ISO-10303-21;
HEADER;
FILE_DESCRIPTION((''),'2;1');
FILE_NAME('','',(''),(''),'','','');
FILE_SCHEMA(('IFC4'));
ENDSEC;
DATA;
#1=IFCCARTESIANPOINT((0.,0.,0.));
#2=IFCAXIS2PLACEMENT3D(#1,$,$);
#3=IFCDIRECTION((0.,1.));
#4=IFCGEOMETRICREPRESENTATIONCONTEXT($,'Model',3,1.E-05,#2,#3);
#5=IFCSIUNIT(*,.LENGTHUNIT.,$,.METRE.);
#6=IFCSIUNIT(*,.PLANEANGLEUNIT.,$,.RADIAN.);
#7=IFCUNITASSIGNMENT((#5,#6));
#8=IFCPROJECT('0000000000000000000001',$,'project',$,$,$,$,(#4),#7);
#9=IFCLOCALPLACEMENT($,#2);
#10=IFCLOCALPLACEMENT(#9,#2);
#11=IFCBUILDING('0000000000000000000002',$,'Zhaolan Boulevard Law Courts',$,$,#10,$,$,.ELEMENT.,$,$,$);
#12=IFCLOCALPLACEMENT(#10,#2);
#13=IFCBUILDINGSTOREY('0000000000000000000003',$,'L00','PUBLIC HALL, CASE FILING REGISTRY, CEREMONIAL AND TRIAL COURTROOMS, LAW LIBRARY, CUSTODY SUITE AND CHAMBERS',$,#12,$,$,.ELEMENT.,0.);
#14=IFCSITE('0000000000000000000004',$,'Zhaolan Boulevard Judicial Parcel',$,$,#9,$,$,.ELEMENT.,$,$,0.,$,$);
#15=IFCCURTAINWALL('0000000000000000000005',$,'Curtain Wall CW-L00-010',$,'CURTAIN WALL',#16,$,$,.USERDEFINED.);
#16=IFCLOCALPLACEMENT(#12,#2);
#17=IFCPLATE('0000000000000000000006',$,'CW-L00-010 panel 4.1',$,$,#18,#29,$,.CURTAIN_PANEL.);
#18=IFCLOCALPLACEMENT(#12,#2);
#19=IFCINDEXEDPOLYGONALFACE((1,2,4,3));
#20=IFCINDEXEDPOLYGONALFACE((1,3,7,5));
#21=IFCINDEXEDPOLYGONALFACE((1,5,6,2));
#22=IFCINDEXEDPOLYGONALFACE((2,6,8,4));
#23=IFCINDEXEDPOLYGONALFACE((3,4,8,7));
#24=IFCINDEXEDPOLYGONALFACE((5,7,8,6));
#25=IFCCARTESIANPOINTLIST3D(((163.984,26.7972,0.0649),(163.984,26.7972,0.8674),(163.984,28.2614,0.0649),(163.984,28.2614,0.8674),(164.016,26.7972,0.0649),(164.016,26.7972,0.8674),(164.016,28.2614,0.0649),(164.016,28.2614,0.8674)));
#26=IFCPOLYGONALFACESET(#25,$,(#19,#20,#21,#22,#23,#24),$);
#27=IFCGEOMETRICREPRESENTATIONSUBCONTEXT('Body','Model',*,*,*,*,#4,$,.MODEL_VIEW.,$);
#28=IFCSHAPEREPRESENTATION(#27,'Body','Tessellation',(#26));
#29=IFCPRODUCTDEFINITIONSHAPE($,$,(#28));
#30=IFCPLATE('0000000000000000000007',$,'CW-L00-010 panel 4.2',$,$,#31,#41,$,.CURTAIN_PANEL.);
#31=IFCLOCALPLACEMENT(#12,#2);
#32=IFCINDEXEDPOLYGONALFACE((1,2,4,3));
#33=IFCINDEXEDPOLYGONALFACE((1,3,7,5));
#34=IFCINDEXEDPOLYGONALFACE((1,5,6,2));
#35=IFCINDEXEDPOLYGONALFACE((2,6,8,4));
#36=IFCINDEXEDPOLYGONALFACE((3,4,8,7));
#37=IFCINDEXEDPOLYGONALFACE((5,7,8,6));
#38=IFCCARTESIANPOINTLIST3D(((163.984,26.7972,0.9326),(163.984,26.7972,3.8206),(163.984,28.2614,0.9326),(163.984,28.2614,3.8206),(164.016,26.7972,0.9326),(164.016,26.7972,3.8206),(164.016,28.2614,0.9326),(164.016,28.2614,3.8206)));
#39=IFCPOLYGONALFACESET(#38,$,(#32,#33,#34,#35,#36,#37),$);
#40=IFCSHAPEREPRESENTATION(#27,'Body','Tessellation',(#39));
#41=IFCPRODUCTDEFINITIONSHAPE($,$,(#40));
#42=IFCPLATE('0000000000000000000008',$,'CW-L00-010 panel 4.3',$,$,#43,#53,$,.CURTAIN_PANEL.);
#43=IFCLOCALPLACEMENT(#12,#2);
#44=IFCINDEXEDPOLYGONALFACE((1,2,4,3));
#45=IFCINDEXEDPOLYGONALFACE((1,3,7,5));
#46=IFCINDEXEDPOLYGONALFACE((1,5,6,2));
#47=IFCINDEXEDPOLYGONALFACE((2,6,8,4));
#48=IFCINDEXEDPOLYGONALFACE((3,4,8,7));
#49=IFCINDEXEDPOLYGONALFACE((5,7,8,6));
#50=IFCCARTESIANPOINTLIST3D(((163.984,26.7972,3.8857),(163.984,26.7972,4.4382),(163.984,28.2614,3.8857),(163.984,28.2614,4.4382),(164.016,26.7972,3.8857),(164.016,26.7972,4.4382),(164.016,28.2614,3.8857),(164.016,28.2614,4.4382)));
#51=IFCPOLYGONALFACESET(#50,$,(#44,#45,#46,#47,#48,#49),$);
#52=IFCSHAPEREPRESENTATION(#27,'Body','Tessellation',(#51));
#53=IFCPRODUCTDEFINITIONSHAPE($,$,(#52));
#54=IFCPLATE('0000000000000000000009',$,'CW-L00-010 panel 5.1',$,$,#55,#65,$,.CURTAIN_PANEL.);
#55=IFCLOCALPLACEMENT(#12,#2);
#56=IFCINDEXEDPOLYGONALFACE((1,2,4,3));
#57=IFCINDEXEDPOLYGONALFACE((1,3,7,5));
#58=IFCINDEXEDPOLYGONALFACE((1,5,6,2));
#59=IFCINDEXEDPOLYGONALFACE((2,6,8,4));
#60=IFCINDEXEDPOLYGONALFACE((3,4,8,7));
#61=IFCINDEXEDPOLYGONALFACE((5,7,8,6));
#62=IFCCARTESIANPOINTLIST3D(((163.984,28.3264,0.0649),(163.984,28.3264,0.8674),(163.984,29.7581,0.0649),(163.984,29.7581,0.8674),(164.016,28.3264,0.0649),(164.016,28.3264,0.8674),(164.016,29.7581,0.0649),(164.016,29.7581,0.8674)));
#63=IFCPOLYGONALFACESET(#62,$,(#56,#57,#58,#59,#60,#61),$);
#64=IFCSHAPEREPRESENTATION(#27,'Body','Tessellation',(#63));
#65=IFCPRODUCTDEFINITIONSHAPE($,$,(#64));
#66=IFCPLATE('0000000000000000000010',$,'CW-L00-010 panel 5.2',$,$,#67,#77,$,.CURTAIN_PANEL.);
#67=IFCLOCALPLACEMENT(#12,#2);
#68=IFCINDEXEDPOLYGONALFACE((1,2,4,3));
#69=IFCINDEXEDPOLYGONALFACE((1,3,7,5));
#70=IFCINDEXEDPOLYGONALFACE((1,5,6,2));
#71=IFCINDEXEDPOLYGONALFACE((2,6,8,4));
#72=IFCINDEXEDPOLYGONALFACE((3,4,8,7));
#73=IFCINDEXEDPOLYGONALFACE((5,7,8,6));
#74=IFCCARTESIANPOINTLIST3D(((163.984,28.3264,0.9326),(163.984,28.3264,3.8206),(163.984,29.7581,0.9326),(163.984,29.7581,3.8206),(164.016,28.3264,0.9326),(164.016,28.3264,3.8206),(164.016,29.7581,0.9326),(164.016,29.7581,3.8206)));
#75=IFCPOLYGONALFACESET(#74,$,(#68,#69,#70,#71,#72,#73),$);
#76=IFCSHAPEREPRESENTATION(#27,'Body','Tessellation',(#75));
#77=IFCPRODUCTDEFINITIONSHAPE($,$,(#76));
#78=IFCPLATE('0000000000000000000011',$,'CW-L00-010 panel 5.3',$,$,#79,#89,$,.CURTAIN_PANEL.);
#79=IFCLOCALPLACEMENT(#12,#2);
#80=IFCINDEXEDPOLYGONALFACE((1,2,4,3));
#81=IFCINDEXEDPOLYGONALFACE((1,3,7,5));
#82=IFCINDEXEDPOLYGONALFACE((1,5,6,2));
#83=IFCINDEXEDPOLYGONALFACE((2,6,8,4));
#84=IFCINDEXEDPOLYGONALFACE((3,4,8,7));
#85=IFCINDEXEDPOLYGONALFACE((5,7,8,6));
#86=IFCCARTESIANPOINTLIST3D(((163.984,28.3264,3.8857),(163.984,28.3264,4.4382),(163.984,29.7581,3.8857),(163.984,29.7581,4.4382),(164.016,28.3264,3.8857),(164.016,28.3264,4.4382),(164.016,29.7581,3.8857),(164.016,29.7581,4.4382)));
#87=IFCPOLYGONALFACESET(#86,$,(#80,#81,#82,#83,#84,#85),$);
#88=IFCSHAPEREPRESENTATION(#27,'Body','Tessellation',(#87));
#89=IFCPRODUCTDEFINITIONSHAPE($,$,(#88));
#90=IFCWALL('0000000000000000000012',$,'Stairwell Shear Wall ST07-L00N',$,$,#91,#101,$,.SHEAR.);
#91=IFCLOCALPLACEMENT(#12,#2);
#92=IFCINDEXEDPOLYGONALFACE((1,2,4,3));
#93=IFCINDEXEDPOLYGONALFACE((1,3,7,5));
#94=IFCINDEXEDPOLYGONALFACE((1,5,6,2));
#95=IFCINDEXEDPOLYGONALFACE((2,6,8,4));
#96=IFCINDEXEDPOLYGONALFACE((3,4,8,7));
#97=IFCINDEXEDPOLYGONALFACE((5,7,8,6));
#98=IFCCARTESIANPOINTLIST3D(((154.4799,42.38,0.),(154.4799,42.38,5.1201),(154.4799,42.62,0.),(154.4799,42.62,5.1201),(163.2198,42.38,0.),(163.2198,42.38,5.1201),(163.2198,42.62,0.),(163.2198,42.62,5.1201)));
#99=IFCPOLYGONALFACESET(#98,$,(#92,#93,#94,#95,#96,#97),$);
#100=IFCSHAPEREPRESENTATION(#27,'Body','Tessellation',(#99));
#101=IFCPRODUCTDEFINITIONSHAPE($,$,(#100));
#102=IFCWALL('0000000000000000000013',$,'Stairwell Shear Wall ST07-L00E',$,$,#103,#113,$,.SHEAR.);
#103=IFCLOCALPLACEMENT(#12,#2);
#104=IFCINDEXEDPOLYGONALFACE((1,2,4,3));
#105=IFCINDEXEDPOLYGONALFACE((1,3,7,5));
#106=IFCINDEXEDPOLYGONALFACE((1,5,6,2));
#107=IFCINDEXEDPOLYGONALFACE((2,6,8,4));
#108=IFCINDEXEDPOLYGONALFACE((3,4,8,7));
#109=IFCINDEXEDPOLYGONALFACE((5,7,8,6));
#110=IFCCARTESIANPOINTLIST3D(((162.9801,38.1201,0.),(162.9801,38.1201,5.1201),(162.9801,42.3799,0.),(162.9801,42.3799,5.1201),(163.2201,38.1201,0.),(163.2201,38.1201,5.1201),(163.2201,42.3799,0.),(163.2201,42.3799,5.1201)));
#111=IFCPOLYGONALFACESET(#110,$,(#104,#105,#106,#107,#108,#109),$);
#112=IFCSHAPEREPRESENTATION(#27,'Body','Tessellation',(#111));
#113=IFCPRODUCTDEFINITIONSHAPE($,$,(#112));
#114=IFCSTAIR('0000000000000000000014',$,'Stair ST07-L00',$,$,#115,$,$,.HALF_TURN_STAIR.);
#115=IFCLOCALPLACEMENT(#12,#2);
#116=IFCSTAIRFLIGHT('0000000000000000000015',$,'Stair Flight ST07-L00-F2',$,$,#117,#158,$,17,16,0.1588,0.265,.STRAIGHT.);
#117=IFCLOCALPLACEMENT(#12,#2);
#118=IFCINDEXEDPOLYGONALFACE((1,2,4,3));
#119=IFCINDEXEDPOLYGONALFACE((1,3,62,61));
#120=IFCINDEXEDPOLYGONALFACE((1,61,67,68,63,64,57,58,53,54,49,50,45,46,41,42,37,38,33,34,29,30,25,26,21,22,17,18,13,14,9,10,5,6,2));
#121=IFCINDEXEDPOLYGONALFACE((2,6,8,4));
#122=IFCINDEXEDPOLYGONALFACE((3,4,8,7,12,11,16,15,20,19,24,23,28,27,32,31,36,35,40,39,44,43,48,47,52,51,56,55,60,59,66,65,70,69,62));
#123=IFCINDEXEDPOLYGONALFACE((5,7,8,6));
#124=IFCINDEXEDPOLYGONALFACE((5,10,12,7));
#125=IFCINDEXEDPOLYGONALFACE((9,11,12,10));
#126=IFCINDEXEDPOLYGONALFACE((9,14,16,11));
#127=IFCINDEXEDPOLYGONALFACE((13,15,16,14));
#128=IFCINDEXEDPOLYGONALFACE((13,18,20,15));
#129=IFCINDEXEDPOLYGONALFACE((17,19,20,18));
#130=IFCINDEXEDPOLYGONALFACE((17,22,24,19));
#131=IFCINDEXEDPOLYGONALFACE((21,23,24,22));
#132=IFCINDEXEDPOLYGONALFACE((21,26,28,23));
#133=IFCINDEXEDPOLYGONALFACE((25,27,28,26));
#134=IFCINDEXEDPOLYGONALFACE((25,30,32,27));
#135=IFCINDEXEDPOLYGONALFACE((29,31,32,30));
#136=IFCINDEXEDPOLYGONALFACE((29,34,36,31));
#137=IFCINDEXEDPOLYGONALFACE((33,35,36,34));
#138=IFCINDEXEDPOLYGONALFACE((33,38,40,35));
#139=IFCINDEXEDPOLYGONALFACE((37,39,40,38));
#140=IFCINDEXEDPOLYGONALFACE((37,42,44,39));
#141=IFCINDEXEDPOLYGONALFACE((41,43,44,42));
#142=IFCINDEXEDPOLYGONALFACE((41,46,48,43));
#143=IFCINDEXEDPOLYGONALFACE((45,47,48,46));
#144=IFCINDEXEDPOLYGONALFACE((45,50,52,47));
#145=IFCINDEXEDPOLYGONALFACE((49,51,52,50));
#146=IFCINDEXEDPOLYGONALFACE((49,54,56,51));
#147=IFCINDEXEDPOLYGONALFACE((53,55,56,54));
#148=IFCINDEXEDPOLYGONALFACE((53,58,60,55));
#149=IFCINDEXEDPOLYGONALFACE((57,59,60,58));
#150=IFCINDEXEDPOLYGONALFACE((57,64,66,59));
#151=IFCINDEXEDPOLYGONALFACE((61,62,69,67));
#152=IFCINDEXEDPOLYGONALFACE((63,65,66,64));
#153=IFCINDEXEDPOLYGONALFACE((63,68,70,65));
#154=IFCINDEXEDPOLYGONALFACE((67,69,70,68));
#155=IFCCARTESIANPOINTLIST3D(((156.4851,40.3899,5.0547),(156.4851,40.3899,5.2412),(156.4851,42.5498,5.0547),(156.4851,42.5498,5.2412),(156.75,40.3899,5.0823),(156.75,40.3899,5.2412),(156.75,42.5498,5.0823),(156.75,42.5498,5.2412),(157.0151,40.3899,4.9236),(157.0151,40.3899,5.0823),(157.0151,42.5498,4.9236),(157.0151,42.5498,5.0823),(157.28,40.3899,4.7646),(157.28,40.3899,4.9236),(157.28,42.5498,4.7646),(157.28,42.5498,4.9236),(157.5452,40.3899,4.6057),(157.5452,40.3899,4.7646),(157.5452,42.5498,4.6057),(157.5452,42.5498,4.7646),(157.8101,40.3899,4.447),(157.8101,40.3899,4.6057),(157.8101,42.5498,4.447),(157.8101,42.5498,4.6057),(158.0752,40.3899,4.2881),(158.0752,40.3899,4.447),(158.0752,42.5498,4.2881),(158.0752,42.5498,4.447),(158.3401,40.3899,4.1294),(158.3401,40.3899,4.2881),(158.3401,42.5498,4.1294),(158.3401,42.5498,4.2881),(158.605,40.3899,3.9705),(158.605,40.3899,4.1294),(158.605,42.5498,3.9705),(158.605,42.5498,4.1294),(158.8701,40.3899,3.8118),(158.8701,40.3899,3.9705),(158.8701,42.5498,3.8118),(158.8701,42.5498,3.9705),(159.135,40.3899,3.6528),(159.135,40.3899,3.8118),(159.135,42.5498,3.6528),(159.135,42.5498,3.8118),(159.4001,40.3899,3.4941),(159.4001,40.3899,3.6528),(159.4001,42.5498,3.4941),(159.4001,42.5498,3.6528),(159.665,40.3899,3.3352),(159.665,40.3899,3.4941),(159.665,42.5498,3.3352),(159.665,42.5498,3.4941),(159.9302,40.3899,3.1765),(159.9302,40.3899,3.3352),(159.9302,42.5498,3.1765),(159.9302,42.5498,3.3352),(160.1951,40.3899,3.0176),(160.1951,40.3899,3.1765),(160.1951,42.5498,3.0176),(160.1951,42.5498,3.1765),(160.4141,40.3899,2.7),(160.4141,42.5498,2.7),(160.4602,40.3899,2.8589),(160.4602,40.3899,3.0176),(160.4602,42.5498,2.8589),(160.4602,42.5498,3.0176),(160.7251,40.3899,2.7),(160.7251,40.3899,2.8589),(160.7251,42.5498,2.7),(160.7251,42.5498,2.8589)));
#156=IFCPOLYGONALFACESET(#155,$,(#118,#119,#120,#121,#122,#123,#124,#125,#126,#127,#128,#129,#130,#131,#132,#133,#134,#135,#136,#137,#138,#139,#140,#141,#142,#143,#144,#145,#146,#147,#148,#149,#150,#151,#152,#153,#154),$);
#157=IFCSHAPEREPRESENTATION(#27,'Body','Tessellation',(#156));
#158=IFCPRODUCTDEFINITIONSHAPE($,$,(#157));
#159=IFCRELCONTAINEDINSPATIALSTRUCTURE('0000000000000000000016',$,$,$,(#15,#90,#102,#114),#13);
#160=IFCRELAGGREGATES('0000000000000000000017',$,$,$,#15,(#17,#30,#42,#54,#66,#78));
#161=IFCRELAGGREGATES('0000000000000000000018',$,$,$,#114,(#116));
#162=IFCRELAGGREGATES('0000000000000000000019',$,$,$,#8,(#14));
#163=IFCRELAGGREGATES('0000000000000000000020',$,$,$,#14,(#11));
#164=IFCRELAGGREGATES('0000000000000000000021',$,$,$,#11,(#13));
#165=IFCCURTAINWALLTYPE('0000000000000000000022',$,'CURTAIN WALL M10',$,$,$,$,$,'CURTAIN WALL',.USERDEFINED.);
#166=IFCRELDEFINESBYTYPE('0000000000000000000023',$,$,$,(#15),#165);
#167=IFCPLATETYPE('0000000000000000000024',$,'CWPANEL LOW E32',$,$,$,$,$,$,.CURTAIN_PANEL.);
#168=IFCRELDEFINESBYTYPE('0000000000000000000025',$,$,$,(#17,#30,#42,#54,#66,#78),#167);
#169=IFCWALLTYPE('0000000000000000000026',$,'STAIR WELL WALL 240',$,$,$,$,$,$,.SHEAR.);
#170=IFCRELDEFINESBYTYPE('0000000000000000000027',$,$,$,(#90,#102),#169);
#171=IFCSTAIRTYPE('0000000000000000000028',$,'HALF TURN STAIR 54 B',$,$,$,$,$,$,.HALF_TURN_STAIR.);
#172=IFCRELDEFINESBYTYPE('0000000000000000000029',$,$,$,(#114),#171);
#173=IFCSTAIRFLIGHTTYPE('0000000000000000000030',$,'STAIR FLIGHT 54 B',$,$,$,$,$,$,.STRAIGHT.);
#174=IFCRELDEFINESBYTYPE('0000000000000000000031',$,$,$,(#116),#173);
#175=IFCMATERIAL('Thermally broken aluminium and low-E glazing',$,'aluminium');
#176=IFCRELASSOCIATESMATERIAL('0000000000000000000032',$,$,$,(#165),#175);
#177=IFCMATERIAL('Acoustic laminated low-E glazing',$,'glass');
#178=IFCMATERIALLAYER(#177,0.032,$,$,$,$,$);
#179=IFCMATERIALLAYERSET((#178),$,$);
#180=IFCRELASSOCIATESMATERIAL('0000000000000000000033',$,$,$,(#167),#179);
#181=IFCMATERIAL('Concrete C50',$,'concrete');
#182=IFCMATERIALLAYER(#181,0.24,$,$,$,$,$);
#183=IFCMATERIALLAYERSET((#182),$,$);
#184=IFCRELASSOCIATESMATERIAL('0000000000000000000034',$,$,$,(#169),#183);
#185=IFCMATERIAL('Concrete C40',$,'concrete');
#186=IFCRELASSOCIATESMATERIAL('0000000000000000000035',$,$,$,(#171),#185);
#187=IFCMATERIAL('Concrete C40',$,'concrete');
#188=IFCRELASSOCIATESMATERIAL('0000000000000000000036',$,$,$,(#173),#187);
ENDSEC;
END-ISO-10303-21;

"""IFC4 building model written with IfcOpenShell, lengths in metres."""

from ifc_helpers import new_model, si_unit, direction, frame, frame_2d, origin, origin_2d, place, context, subcontext, project, spatial, polyline, rectangle, outline, extrude, material, layer, layer_set, type_object, element, aggregate, save


model = new_model("IFC4")

# Units and contexts
model_context = context("Model", 3, precision=1e-05, world=origin(), true_north=direction((0.0, 1.0)))
body_context = subcontext(model_context, "Body", "Model", "MODEL_VIEW")
ifc_project = project(units=[si_unit("LENGTHUNIT", "METRE"), si_unit("PLANEANGLEUNIT", "RADIAN")], contexts=[model_context])

# Site, building, storey
site_placement = place(None, origin())
site = spatial("IfcSite", under=ifc_project, at=site_placement, Name="Zhaolan Boulevard Judicial Parcel", CompositionType="ELEMENT", RefElevation=0.0)
building_placement = place(site_placement, origin())
building = spatial("IfcBuilding", under=site, at=building_placement, Name="Zhaolan Boulevard Law Courts", CompositionType="ELEMENT")
storey_placement = place(building_placement, origin())
storey = spatial("IfcBuildingStorey", under=building, at=storey_placement, Name="L00", Description="PUBLIC HALL, CASE FILING REGISTRY, CEREMONIAL AND TRIAL COURTROOMS, LAW LIBRARY, CUSTODY SUITE AND CHAMBERS", CompositionType="ELEMENT", Elevation=0.0)

# Curtain wall, plates
ifc_material_1 = material(Name="Thermally broken aluminium and low-E glazing", Category="aluminium")
curtain_wall_type = type_object("IfcCurtainWallType", Name="CURTAIN WALL M10", ElementType="CURTAIN WALL", PredefinedType="USERDEFINED", material=ifc_material_1)
curtain_wall_placement = place(storey_placement, origin())
curtain_wall = element("IfcCurtainWall", 1, at=curtain_wall_placement, inside=storey, type_object=curtain_wall_type, Name="Curtain Wall CW-L00-010", ObjectType="CURTAIN WALL", PredefinedType="USERDEFINED")
ifc_material_2 = material(Name="Acoustic laminated low-E glazing", Category="glass")
ifc_layer_1 = layer(ifc_material_2, 0.032)
ifc_layer_set_1 = layer_set([ifc_layer_1])
plate_type = type_object("IfcPlateType", Name="CWPANEL LOW E32", PredefinedType="CURTAIN_PANEL", material=ifc_layer_set_1)
plate_1_placement = place(storey_placement, frame((164.0, 27.5293, 0.0649), z_axis=(0.0, 0.0, 1.0), x_axis=(0.0, 1.0, 0.0)))
plate_1 = element("IfcPlate", 2, at=plate_1_placement, type_object=plate_type, Name="CW-L00-010 panel 4.1", PredefinedType="CURTAIN_PANEL", context=body_context, shape_type="SweptSolid", body=[
    extrude(rectangle(XDim=1.4641, YDim=0.032, at=origin_2d()), origin(), (0.0, 0.0, 1.0), 0.8025),
])
plate_2_placement = place(storey_placement, frame((164.0, 27.5293, 0.9326), z_axis=(0.0, 0.0, 1.0), x_axis=(0.0, 1.0, 0.0)))
plate_2 = element("IfcPlate", 3, at=plate_2_placement, type_object=plate_type, Name="CW-L00-010 panel 4.2", PredefinedType="CURTAIN_PANEL", context=body_context, shape_type="SweptSolid", body=[
    extrude(rectangle(XDim=1.4641, YDim=0.032, at=origin_2d()), origin(), (0.0, 0.0, 1.0), 2.8879),
])
plate_3_placement = place(storey_placement, frame((164.0, 27.5293, 3.8857), z_axis=(0.0, 0.0, 1.0), x_axis=(0.0, 1.0, 0.0)))
plate_3 = element("IfcPlate", 4, at=plate_3_placement, type_object=plate_type, Name="CW-L00-010 panel 4.3", PredefinedType="CURTAIN_PANEL", context=body_context, shape_type="SweptSolid", body=[
    extrude(rectangle(XDim=1.4641, YDim=0.032, at=origin_2d()), origin(), (0.0, 0.0, 1.0), 0.5525),
])
plate_4_placement = place(storey_placement, frame((164.0, 29.0422, 0.0649), z_axis=(0.0, 0.0, 1.0), x_axis=(0.0, 1.0, 0.0)))
plate_4 = element("IfcPlate", 5, at=plate_4_placement, type_object=plate_type, Name="CW-L00-010 panel 5.1", PredefinedType="CURTAIN_PANEL", context=body_context, shape_type="SweptSolid", body=[
    extrude(rectangle(XDim=1.4316, YDim=0.032, at=origin_2d()), origin(), (0.0, 0.0, 1.0), 0.8025),
])
plate_5_placement = place(storey_placement, frame((164.0, 29.0422, 0.9326), z_axis=(0.0, 0.0, 1.0), x_axis=(0.0, 1.0, 0.0)))
plate_5 = element("IfcPlate", 6, at=plate_5_placement, type_object=plate_type, Name="CW-L00-010 panel 5.2", PredefinedType="CURTAIN_PANEL", context=body_context, shape_type="SweptSolid", body=[
    extrude(rectangle(XDim=1.4316, YDim=0.032, at=origin_2d()), origin(), (0.0, 0.0, 1.0), 2.8879),
])
plate_6_placement = place(storey_placement, frame((164.0, 29.0422, 3.8857), z_axis=(0.0, 0.0, 1.0), x_axis=(0.0, 1.0, 0.0)))
plate_6 = element("IfcPlate", 7, at=plate_6_placement, type_object=plate_type, Name="CW-L00-010 panel 5.3", PredefinedType="CURTAIN_PANEL", context=body_context, shape_type="SweptSolid", body=[
    extrude(rectangle(XDim=1.4316, YDim=0.032, at=origin_2d()), origin(), (0.0, 0.0, 1.0), 0.5525),
])
aggregate(curtain_wall, [plate_1, plate_2, plate_3, plate_4, plate_5, plate_6])

# Walls
ifc_material_3 = material(Name="Concrete C50", Category="concrete")
ifc_layer_2 = layer(ifc_material_3, 0.24)
ifc_layer_set_2 = layer_set([ifc_layer_2])
wall_type = type_object("IfcWallType", Name="STAIR WELL WALL 240", PredefinedType="SHEAR", material=ifc_layer_set_2)
wall_1_placement = place(storey_placement, frame((163.22, 42.5, 0.0), z_axis=(0.0, 0.0, 1.0), x_axis=(-1.0, 0.0, 0.0)))
element("IfcWall", 8, at=wall_1_placement, inside=storey, type_object=wall_type, Name="Stairwell Shear Wall ST07-L00N", PredefinedType="SHEAR", context=body_context, shape_type="SweptSolid", body=[
    extrude(rectangle(XDim=8.74, YDim=0.24, at=frame_2d((4.3701, 0.0))), origin(), (0.0, 0.0, 1.0), 5.1201),
])
wall_2_placement = place(storey_placement, frame((163.1001, 38.1201, 0.0), z_axis=(0.0, 0.0, 1.0), x_axis=(0.0, 1.0, 0.0)))
element("IfcWall", 9, at=wall_2_placement, inside=storey, type_object=wall_type, Name="Stairwell Shear Wall ST07-L00E", PredefinedType="SHEAR", context=body_context, shape_type="SweptSolid", body=[
    extrude(rectangle(XDim=4.2598, YDim=0.24, at=frame_2d((2.1299, 0.0))), origin(), (0.0, 0.0, 1.0), 5.1201),
])

# Stair, stair flight
ifc_material_4 = material(Name="Concrete C40", Category="concrete")
stair_type = type_object("IfcStairType", Name="HALF TURN STAIR 54 B", PredefinedType="HALF_TURN_STAIR", material=ifc_material_4)
stair_placement = place(storey_placement, origin())
stair = element("IfcStair", 10, at=stair_placement, inside=storey, type_object=stair_type, Name="Stair ST07-L00", PredefinedType="HALF_TURN_STAIR")
ifc_material_5 = material(Name="Concrete C40", Category="concrete")
stair_flight_type = type_object("IfcStairFlightType", Name="STAIR FLIGHT 54 B", PredefinedType="STRAIGHT", material=ifc_material_5)
stair_flight_placement = place(storey_placement, frame((160.7251, 41.47, 2.7), z_axis=(0.0, 0.0, 1.0), x_axis=(-1.0, 0.0, 0.0)))
stair_flight = element("IfcStairFlight", 11, at=stair_flight_placement, type_object=stair_flight_type, Name="Stair Flight ST07-L00-F2", NumberOfRisers=17, NumberOfTreads=16, PredefinedType="STRAIGHT", RiserHeight=0.1588, TreadLength=0.265, context=body_context, shape_type="SweptSolid", body=[
    extrude(outline(polyline([(0.0, 0.0), (0.0, 0.1589), (0.2649, 0.1589), (0.2649, 0.3176), (0.53, 0.3176), (0.53, 0.4766), (0.7949, 0.4766), (0.7949, 0.6353), (1.0601, 0.6353), (1.0601, 0.7942), (1.325, 0.7942), (1.325, 0.9529), (1.5901, 0.9529), (1.5901, 1.1118), (1.855, 1.1118), (1.855, 1.2705), (2.1201, 1.2705), (2.1201, 1.4294), (2.385, 1.4294), (2.385, 1.5881), (2.6499, 1.5881), (2.6499, 1.7471), (2.915, 1.7471), (2.915, 1.9058), (3.1799, 1.9058), (3.1799, 2.0647), (3.4451, 2.0647), (3.4451, 2.2236), (3.71, 2.2236), (3.71, 2.3823), (3.9751, 2.3823), (3.9751, 2.5413), (4.24, 2.5413), (4.24, 2.7), (4.24, 2.3547), (0.311, 0.0), (0.0, 0.0)])), frame((0.0, 1.0801, 0.0), z_axis=(0.0, -1.0, 0.0), x_axis=(1.0, 0.0, 0.0)), (0.0, 0.0, 1.0), 2.1599),
])
aggregate(stair, [stair_flight])

save(model, "model.ifc")
